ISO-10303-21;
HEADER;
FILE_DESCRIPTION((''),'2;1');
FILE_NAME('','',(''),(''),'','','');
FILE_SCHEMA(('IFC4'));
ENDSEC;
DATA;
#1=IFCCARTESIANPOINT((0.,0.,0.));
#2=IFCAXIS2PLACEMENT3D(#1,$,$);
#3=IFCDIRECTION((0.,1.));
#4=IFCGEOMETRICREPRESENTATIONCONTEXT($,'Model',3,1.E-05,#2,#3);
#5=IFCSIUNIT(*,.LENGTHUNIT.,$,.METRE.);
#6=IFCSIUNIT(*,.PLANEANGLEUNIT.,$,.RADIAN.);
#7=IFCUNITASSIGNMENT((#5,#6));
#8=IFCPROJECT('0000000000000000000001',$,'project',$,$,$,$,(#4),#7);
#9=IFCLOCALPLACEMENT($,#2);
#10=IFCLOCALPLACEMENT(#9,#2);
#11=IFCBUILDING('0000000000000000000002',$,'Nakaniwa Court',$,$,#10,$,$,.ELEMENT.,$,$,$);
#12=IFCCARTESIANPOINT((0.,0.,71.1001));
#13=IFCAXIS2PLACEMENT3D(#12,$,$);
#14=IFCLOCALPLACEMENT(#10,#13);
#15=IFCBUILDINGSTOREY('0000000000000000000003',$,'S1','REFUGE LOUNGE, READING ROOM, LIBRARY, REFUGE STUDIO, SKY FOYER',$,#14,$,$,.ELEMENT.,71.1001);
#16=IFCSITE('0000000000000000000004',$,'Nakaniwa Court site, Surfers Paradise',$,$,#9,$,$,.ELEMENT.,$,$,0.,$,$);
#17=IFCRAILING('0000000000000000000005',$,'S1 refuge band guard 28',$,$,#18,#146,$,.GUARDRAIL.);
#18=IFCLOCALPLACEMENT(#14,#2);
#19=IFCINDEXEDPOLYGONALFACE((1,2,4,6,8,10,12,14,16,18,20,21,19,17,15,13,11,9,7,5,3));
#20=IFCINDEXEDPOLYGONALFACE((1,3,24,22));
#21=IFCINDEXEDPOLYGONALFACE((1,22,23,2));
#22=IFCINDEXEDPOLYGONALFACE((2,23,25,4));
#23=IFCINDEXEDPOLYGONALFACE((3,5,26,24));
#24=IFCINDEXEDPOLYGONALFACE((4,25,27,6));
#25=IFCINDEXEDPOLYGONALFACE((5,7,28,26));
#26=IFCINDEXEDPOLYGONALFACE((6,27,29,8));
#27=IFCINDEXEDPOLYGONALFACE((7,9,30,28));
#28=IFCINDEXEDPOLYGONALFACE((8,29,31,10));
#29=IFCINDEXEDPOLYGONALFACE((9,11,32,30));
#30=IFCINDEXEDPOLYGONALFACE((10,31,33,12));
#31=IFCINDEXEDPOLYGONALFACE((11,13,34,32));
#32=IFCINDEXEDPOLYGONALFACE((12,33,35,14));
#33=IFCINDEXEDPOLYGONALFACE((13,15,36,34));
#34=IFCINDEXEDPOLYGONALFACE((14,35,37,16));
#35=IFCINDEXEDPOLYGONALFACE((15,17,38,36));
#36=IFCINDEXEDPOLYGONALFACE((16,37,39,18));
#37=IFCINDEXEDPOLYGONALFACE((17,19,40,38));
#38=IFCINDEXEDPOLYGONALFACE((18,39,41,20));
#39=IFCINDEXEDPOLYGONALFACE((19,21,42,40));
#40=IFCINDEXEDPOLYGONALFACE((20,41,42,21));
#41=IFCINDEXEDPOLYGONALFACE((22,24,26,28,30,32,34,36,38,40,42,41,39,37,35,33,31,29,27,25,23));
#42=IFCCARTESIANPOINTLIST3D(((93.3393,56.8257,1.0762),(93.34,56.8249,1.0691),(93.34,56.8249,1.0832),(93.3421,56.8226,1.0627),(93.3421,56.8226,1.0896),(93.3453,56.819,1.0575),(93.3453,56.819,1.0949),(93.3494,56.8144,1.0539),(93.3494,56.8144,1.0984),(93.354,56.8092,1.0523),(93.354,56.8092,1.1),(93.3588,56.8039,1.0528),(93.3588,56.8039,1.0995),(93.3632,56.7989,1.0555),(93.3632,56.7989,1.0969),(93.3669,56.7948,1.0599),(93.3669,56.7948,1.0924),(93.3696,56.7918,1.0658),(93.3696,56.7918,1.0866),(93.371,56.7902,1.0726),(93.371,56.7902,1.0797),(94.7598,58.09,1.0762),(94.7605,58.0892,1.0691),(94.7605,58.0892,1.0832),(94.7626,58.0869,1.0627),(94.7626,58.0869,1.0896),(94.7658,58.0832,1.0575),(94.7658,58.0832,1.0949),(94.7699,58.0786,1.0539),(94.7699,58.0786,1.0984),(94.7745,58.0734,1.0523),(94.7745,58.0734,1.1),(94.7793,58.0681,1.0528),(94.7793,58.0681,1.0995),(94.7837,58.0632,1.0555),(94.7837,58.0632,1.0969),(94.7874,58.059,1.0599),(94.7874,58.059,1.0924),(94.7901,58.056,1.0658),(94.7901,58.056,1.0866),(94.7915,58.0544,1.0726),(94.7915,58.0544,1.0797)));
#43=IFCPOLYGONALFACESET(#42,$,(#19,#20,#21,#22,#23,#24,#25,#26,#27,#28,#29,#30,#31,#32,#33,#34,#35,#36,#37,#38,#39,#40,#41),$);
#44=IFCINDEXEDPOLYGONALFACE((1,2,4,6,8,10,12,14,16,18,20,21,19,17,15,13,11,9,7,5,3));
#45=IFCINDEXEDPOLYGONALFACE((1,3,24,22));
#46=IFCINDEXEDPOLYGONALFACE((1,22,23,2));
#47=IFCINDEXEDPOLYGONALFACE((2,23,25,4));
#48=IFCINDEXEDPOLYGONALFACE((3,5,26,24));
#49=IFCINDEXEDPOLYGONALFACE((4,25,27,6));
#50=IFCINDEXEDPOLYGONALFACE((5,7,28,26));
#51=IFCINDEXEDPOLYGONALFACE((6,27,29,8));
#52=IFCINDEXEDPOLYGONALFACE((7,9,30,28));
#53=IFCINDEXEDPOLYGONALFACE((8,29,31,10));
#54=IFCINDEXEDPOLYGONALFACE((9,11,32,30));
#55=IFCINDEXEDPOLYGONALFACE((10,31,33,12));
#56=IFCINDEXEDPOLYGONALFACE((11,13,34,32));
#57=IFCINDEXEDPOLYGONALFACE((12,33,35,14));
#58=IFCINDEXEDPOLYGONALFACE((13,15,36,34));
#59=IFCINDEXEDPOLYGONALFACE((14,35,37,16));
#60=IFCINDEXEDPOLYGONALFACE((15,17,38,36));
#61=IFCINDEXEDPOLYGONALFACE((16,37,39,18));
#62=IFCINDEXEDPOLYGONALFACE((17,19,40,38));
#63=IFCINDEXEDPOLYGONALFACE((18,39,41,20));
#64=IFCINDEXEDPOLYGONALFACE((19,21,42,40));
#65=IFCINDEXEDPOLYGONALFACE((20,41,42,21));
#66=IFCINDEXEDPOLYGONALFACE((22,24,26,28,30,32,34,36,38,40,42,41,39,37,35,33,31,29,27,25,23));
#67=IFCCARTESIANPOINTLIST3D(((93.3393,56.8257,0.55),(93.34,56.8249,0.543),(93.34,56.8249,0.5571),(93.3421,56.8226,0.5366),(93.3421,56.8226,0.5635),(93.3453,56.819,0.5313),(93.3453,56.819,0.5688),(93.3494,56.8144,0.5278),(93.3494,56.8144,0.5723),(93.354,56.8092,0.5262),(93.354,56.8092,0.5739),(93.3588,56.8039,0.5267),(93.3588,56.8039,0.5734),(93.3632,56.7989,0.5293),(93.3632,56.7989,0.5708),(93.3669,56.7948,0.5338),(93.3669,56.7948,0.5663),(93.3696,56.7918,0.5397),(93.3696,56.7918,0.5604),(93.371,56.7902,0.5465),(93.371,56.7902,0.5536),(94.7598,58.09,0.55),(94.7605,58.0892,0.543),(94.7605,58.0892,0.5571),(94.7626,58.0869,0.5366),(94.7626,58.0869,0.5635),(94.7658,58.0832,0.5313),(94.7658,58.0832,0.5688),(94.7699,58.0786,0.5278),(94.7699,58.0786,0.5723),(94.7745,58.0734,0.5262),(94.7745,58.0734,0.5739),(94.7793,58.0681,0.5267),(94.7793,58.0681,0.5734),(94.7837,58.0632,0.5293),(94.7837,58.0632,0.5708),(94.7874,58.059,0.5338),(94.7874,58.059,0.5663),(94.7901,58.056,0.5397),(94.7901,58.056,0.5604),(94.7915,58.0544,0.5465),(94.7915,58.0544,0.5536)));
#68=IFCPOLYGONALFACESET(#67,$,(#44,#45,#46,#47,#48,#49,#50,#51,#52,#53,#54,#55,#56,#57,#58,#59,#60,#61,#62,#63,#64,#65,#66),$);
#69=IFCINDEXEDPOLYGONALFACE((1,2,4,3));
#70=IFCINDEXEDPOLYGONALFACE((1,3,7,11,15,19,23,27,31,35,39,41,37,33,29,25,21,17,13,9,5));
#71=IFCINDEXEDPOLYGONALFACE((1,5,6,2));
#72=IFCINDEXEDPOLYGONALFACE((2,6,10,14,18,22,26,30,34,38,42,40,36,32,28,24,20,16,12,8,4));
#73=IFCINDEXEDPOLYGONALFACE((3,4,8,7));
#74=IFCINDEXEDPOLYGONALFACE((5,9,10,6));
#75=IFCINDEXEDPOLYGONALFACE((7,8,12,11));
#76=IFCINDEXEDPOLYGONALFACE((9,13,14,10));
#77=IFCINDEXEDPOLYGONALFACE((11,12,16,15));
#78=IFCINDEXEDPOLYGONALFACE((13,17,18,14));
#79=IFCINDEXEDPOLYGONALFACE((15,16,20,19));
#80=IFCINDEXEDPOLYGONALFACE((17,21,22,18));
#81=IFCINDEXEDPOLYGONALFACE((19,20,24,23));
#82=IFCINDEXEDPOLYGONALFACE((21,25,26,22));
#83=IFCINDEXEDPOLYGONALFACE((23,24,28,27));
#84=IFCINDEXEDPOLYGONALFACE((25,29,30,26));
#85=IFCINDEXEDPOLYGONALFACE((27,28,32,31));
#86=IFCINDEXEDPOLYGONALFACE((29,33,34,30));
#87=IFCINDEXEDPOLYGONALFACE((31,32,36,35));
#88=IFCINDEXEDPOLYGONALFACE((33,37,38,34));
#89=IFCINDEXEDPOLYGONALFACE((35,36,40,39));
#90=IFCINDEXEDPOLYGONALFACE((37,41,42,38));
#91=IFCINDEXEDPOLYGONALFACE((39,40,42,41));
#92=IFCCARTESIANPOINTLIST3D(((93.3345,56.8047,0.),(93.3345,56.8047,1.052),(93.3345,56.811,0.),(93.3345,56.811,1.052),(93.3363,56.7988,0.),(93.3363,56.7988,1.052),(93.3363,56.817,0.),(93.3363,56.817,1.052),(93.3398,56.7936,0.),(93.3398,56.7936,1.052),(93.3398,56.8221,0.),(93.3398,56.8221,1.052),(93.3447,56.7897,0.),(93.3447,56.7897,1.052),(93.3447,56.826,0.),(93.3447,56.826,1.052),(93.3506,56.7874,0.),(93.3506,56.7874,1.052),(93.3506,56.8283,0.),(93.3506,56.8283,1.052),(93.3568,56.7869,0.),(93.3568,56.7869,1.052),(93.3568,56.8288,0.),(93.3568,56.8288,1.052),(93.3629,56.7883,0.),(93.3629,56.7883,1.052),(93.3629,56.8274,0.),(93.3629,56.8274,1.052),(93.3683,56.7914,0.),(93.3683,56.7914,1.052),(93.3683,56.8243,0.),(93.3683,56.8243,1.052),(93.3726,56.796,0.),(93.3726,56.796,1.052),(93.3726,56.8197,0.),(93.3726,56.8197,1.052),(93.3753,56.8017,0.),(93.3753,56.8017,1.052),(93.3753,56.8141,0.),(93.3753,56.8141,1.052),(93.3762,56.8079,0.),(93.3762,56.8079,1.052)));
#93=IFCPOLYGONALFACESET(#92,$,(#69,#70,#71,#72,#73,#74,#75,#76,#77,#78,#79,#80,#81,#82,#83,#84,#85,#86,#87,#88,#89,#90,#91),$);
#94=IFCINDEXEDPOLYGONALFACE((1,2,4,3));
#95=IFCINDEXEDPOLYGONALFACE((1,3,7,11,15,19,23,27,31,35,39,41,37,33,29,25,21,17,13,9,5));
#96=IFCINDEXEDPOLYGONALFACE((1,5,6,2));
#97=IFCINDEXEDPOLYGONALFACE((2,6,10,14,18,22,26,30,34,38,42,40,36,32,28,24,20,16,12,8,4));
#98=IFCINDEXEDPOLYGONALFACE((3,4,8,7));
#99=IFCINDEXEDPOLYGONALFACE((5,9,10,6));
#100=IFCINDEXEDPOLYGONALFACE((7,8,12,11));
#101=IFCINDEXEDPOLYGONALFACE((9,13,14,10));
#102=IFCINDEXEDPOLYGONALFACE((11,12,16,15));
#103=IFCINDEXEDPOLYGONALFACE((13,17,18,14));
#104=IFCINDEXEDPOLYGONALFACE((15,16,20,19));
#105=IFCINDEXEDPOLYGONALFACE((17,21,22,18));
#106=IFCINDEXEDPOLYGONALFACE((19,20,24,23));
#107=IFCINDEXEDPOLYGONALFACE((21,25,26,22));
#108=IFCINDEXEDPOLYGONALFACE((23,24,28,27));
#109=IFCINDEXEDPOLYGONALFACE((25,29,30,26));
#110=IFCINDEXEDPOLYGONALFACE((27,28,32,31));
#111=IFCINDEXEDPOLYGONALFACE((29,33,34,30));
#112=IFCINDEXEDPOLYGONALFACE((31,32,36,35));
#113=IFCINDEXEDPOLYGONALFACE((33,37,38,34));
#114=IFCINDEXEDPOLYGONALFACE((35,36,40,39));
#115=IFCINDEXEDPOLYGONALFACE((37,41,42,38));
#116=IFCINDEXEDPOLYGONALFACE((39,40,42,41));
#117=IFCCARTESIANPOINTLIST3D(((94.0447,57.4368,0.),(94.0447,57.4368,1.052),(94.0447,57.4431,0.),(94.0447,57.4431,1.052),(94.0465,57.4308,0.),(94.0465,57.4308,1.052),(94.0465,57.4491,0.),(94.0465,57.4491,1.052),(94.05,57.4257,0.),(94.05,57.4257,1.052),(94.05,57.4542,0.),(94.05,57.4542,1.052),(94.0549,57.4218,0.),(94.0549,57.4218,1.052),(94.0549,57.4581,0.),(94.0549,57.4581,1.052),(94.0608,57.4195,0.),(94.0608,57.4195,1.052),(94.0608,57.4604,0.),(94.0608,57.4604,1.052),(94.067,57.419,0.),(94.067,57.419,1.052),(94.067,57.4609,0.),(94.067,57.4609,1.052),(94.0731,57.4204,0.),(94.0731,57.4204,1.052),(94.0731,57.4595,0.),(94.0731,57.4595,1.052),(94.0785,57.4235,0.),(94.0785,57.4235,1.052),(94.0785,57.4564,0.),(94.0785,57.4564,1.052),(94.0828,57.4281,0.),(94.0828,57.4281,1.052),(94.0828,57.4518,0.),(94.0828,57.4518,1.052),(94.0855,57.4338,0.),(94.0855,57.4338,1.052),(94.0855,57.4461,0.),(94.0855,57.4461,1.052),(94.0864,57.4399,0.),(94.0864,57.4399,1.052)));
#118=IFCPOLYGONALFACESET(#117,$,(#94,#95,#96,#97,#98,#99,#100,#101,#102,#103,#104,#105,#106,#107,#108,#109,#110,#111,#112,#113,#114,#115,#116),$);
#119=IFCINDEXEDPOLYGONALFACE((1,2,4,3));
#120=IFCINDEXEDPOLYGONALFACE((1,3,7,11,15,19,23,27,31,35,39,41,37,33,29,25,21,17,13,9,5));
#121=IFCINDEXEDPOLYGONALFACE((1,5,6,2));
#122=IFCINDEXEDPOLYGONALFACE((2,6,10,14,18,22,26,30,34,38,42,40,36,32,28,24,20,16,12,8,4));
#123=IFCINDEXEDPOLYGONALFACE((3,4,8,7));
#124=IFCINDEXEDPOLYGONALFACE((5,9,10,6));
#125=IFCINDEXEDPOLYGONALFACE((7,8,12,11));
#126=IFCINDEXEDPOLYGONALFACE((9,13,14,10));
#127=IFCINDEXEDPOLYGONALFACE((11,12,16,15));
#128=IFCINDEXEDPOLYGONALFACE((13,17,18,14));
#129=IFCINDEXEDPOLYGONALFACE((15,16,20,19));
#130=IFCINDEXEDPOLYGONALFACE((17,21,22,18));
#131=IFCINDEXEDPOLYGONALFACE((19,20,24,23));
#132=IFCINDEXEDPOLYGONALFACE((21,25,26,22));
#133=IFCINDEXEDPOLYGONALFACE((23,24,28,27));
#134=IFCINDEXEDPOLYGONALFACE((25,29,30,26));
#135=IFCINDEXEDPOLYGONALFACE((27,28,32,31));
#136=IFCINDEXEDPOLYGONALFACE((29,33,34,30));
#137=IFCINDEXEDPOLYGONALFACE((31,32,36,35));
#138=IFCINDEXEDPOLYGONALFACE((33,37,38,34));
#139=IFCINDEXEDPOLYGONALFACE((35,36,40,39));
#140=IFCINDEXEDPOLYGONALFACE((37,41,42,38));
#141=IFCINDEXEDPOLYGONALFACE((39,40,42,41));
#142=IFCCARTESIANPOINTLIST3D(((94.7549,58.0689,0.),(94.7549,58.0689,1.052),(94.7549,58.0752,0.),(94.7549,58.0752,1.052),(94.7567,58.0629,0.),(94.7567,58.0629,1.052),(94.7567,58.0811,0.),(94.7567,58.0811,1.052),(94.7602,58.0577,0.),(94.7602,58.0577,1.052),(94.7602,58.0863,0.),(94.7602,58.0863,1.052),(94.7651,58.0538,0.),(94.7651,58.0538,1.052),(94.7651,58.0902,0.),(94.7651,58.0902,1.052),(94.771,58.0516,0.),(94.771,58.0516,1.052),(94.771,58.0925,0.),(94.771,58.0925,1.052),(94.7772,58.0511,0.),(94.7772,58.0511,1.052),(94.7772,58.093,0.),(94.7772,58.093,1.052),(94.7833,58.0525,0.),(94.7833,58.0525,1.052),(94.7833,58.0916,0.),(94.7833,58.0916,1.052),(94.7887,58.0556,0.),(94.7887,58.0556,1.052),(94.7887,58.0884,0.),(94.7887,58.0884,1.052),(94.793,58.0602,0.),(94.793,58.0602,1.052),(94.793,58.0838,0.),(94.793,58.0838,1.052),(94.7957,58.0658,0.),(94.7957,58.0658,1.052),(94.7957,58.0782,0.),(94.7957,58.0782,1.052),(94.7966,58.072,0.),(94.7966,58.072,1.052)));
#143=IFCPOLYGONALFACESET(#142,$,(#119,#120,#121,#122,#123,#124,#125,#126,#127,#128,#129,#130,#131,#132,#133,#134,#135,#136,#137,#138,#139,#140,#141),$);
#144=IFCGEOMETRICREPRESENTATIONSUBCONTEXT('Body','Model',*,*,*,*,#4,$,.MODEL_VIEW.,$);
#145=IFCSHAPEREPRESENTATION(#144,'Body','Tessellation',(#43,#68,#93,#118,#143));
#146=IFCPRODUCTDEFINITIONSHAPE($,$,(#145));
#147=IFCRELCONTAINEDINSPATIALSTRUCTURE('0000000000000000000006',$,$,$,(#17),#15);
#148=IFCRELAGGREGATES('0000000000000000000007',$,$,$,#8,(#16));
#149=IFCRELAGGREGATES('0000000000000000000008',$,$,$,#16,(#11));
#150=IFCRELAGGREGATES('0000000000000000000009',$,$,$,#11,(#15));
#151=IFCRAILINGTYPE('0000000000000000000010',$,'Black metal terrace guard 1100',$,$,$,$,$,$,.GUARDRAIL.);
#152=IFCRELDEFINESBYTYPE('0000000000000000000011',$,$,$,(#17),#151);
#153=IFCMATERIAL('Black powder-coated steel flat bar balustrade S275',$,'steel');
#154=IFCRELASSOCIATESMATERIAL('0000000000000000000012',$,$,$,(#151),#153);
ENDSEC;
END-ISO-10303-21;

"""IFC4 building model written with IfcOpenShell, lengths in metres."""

from ifc_helpers import new_model, si_unit, direction, frame, origin, origin_2d, place, context, subcontext, project, spatial, circle, extrude, material, type_object, element, save


model = new_model("IFC4")

# Units and contexts
model_context = context("Model", 3, precision=1e-05, world=origin(), true_north=direction((0.0, 1.0)))
body_context = subcontext(model_context, "Body", "Model", "MODEL_VIEW")
ifc_project = project(units=[si_unit("LENGTHUNIT", "METRE"), si_unit("PLANEANGLEUNIT", "RADIAN")], contexts=[model_context])

# Site, building, storey
site_placement = place(None, origin())
site = spatial("IfcSite", under=ifc_project, at=site_placement, Name="Nakaniwa Court site, Surfers Paradise", CompositionType="ELEMENT", RefElevation=0.0)
building_placement = place(site_placement, origin())
building = spatial("IfcBuilding", under=site, at=building_placement, Name="Nakaniwa Court", CompositionType="ELEMENT")
storey_placement = place(building_placement, frame((0.0, 0.0, 71.1001)))
storey = spatial("IfcBuildingStorey", under=building, at=storey_placement, Name="S1", Description="REFUGE LOUNGE, READING ROOM, LIBRARY, REFUGE STUDIO, SKY FOYER", CompositionType="ELEMENT", Elevation=71.1001)

# Railing
ifc_material_1 = material(Name="Black powder-coated steel flat bar balustrade S275", Category="steel")
railing_type = type_object("IfcRailingType", Name="Black metal terrace guard 1100", PredefinedType="GUARDRAIL", material=ifc_material_1)
railing_1_placement = place(storey_placement, frame((93.3552, 56.8079, 0.0)))
element("IfcRailing", 1, at=railing_1_placement, inside=storey, type_object=railing_type, Name="S1 refuge band guard 28", PredefinedType="GUARDRAIL", context=body_context, shape_type="SweptSolid", body=[
    extrude(circle(Radius=0.0239, at=origin_2d()), frame((0.0, 0.0, 1.0762), z_axis=(0.746998, 0.664826, 0.0), x_axis=(-0.664826, 0.746998, 0.0)), (0.0, 0.0, 1.0), 1.9016),
    extrude(circle(Radius=0.0239, at=origin_2d()), frame((0.0, 0.0, 0.55), z_axis=(0.746998, 0.664826, 0.0), x_axis=(-0.664826, 0.746998, 0.0)), (0.0, 0.0, 1.0), 1.9016),
    extrude(circle(Radius=0.021, at=origin_2d()), origin(), (0.0, 0.0, 1.0), 1.052),
    extrude(circle(Radius=0.021, at=origin_2d()), frame((0.7102, 0.6321, 0.0)), (0.0, 0.0, 1.0), 1.052),
    extrude(circle(Radius=0.021, at=origin_2d()), frame((1.4204, 1.2642, 0.0)), (0.0, 0.0, 1.0), 1.052),
])

save(model, "model.ifc")
